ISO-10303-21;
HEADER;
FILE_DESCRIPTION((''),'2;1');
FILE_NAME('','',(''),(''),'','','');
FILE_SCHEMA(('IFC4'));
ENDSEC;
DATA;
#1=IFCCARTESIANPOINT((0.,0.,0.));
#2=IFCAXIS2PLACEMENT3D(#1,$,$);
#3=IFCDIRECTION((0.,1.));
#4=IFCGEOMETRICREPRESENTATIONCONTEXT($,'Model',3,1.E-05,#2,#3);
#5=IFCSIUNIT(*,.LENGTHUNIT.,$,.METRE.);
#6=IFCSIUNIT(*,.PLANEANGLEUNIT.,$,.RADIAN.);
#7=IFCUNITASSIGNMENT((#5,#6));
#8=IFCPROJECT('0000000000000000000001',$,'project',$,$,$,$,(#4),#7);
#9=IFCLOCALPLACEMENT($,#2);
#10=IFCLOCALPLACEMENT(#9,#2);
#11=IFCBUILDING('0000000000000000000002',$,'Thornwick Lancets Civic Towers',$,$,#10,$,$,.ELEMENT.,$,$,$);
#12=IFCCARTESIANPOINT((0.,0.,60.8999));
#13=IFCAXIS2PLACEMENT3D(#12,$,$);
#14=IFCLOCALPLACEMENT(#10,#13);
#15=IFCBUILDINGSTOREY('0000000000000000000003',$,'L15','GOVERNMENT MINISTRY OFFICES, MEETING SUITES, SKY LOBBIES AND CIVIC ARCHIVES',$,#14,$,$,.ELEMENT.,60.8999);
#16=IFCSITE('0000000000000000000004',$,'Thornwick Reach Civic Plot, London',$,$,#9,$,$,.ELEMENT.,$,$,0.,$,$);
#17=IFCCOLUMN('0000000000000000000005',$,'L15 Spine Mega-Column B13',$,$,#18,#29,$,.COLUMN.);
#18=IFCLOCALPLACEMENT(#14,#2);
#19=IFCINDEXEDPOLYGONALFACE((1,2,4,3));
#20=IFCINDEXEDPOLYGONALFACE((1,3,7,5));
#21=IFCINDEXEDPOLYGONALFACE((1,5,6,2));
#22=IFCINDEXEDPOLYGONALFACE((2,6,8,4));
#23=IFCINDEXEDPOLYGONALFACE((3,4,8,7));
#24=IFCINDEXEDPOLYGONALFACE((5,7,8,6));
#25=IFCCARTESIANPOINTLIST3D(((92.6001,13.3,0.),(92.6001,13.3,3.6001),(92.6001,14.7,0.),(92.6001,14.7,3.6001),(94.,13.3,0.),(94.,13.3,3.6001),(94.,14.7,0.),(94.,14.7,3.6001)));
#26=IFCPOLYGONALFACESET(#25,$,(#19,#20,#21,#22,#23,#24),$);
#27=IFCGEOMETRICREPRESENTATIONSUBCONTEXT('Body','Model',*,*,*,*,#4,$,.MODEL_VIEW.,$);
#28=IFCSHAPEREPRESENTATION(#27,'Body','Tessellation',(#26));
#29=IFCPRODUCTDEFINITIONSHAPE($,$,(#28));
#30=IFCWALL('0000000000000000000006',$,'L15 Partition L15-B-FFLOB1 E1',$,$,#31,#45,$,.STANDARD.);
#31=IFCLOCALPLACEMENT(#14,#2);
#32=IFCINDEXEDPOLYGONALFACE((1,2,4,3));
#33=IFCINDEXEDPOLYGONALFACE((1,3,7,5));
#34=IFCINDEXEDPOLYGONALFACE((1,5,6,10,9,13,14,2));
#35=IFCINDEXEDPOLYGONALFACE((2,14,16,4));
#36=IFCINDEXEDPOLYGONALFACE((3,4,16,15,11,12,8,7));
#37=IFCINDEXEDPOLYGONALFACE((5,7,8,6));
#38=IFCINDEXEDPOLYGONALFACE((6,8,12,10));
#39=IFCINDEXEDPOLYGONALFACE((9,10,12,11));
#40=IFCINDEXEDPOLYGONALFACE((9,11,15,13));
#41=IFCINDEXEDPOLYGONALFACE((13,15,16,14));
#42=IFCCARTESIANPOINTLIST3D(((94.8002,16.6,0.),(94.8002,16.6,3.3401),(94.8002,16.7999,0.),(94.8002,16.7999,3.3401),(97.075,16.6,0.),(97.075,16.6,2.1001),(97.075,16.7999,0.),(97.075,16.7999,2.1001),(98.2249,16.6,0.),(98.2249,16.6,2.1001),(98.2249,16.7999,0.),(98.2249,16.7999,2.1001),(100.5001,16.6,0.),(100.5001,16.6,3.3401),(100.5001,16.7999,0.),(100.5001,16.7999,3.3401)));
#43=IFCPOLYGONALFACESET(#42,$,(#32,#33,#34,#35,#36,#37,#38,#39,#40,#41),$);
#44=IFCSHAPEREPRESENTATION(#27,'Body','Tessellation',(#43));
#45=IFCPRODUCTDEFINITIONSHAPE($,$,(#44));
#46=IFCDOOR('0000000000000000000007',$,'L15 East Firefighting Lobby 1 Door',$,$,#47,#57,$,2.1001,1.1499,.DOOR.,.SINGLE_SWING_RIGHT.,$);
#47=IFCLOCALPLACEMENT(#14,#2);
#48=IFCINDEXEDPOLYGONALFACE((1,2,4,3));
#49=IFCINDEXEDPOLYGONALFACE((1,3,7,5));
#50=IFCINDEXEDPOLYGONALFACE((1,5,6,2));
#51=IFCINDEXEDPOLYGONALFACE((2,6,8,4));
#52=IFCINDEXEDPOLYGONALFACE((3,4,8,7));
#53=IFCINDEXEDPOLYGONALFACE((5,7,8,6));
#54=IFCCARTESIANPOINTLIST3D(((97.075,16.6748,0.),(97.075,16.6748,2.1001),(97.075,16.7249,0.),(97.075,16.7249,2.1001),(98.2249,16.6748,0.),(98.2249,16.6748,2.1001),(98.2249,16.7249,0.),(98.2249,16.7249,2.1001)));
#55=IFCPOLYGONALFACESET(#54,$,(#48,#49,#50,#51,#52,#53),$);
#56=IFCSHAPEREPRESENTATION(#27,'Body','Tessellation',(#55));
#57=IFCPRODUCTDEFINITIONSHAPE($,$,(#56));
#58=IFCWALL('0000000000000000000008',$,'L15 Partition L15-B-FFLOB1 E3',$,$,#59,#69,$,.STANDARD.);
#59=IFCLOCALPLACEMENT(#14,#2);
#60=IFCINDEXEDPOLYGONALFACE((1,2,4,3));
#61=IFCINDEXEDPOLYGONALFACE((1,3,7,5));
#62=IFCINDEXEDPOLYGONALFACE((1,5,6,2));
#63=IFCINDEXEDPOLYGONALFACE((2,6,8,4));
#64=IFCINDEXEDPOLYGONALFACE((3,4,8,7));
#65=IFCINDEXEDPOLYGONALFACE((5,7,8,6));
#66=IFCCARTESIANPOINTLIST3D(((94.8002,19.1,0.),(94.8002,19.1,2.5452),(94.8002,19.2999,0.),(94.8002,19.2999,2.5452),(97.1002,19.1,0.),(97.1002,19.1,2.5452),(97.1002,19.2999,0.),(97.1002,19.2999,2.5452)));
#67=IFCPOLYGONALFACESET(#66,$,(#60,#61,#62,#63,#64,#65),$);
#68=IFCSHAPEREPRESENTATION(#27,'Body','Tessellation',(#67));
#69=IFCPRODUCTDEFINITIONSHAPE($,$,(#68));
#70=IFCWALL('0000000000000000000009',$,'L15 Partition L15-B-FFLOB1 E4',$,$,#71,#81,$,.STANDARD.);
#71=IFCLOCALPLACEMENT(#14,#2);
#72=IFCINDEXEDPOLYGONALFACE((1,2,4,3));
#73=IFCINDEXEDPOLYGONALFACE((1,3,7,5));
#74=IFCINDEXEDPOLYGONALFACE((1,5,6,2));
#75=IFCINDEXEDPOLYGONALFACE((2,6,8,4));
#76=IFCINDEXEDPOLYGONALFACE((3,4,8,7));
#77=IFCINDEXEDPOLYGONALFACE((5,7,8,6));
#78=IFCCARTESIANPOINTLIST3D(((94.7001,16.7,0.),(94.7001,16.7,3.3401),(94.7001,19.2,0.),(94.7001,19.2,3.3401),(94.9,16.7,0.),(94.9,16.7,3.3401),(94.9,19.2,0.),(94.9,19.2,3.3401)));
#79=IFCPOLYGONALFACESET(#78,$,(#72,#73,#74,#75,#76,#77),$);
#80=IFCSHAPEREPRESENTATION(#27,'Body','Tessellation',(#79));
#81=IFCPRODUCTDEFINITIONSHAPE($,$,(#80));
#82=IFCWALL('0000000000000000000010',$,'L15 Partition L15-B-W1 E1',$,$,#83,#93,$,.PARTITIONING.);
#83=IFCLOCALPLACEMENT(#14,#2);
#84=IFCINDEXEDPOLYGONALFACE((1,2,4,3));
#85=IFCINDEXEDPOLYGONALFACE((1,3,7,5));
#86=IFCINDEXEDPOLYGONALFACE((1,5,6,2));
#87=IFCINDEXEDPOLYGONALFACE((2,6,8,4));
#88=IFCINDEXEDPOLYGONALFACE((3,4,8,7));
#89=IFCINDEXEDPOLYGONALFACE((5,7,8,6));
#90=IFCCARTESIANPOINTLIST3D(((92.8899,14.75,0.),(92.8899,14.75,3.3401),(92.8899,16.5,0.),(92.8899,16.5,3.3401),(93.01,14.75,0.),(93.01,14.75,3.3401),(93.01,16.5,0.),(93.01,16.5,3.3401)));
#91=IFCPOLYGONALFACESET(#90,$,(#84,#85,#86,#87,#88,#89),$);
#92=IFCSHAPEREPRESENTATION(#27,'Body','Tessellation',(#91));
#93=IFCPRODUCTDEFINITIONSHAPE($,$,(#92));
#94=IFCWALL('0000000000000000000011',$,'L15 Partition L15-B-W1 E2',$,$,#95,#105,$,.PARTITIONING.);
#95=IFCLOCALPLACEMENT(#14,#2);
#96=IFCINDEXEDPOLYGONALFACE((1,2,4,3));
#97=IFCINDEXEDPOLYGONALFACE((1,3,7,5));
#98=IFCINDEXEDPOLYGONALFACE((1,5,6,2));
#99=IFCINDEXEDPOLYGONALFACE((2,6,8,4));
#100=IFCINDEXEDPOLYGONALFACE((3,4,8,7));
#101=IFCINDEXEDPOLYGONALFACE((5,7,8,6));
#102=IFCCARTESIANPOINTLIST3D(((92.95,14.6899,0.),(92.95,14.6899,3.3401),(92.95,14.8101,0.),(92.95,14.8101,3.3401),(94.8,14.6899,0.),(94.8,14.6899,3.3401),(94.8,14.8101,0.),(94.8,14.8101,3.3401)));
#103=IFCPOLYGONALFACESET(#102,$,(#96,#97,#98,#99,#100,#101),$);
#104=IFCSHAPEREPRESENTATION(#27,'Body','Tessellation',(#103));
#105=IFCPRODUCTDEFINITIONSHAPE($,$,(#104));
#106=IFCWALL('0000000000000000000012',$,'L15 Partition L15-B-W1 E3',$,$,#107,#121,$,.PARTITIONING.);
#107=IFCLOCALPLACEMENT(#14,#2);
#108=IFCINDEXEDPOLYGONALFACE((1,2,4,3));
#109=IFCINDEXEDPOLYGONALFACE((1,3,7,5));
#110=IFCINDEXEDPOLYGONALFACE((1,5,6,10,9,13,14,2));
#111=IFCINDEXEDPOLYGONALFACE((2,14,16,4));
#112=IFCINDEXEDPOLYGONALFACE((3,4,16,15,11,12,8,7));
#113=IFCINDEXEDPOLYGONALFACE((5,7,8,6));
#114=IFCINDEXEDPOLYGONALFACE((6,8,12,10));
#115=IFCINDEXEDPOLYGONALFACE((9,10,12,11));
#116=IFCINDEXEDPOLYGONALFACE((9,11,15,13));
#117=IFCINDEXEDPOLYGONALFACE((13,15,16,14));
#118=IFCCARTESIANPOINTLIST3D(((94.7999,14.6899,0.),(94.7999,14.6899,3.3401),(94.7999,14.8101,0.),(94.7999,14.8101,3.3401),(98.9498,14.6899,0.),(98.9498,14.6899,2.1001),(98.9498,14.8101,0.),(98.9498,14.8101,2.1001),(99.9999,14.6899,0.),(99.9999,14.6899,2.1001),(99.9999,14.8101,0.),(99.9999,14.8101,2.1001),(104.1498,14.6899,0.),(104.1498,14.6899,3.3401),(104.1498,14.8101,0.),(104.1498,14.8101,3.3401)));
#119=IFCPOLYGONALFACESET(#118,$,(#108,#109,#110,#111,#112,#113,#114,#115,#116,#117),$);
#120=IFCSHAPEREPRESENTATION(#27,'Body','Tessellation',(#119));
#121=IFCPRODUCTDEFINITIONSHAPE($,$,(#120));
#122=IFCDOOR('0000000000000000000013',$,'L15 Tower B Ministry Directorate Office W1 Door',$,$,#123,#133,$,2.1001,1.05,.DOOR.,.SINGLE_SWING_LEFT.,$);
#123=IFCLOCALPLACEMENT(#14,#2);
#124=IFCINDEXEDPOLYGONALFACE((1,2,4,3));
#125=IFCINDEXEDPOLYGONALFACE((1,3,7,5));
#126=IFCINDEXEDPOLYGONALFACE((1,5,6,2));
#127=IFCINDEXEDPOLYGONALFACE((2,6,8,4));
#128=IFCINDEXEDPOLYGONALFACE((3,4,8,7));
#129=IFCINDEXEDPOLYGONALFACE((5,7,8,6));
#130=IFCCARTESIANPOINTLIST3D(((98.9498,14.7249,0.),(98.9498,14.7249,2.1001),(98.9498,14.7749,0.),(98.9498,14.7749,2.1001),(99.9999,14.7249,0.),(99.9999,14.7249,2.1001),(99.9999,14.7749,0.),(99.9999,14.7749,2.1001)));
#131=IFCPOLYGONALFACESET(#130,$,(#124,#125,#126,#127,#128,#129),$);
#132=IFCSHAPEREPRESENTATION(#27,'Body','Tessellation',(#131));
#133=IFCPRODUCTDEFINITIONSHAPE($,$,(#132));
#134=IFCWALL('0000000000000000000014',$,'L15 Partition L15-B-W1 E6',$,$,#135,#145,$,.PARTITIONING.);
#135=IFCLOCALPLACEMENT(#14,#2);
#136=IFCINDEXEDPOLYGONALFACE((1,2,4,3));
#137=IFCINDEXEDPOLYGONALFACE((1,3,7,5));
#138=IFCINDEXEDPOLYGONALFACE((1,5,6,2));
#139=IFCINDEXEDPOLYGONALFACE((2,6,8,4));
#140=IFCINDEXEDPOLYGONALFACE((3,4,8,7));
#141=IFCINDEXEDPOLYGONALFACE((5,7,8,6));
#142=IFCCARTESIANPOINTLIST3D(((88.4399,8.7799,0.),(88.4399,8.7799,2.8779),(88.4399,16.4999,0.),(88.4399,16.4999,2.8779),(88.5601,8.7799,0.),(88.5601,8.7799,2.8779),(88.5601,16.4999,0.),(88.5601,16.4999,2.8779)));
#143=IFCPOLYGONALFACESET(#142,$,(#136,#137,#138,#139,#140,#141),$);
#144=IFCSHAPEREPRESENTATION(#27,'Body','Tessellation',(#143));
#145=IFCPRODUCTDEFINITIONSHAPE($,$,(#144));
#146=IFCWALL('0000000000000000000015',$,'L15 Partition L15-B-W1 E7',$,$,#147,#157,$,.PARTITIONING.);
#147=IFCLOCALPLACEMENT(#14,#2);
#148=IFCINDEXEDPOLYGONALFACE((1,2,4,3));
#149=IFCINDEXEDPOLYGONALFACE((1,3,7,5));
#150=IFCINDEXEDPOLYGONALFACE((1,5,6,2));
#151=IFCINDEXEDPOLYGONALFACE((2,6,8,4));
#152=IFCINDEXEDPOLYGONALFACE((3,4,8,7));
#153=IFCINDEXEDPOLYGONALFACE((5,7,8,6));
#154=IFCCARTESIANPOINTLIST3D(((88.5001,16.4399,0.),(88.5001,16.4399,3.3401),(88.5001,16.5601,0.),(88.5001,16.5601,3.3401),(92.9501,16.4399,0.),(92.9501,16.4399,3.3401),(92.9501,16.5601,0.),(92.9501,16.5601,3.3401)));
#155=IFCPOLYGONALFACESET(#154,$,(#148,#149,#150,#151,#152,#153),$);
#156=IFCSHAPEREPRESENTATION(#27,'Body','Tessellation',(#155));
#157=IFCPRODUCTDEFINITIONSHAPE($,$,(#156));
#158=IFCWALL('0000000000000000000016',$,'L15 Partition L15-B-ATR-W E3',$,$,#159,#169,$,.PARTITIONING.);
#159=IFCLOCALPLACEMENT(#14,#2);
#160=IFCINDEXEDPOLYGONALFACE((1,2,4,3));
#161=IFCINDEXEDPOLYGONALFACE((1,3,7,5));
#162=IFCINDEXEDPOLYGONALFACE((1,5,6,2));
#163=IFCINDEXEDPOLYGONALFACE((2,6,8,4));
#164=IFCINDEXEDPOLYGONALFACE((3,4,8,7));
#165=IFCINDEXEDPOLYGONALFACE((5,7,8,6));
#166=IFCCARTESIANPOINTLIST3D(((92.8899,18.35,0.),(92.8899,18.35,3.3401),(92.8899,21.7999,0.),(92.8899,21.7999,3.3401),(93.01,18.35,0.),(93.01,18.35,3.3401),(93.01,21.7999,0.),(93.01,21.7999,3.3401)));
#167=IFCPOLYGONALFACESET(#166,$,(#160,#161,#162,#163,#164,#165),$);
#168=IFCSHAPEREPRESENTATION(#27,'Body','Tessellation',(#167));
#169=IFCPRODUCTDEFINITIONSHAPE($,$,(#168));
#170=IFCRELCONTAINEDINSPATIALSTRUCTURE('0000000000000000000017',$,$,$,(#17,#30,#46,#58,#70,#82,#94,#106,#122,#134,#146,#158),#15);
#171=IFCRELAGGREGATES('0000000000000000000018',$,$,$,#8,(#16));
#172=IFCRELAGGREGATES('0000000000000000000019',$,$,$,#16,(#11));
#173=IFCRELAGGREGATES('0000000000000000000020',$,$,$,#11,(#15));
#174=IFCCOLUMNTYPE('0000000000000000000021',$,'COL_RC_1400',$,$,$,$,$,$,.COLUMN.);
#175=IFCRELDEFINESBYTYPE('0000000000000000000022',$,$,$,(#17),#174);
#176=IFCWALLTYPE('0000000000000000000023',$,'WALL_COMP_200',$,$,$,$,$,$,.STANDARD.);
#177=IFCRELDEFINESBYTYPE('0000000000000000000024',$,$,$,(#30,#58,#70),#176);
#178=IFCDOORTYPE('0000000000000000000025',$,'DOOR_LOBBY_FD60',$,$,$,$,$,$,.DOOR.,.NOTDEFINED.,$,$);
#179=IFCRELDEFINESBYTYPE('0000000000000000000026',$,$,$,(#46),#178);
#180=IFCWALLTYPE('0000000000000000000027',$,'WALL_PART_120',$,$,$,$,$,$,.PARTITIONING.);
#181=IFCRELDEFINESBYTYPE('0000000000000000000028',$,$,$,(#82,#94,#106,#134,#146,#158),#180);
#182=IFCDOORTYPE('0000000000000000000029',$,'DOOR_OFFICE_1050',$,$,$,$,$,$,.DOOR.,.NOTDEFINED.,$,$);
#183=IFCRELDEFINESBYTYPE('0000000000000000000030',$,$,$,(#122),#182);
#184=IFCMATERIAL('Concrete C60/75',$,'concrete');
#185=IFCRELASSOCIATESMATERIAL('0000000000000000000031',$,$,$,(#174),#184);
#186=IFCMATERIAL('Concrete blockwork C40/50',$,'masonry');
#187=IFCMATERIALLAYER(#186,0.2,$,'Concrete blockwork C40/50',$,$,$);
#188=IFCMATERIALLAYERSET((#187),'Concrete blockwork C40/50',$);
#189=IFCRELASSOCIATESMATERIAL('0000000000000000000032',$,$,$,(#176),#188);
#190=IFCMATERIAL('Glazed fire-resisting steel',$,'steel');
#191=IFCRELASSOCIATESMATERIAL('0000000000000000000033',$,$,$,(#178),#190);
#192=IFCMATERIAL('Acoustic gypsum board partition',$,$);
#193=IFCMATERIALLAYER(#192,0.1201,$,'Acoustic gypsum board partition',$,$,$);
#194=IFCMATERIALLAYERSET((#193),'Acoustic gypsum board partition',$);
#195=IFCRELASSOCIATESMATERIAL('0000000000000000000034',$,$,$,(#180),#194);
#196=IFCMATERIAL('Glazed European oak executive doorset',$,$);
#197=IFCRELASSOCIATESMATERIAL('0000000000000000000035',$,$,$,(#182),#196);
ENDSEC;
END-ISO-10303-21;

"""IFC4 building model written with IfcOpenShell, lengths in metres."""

from ifc_helpers import new_model, si_unit, direction, frame, frame_2d, origin, origin_2d, place, context, subcontext, project, spatial, rectangle, extrude, material, layer, layer_set, material_profile, profile_set, type_object, element, fill, save


model = new_model("IFC4")

# Units and contexts
model_context = context("Model", 3, precision=1e-05, world=origin(), true_north=direction((0.0, 1.0)))
body_context = subcontext(model_context, "Body", "Model", "MODEL_VIEW")
ifc_project = project(units=[si_unit("LENGTHUNIT", "METRE"), si_unit("PLANEANGLEUNIT", "RADIAN")], contexts=[model_context])

# Site, building, storey
site_placement = place(None, origin())
site = spatial("IfcSite", under=ifc_project, at=site_placement, Name="Thornwick Reach Civic Plot, London", CompositionType="ELEMENT", RefElevation=0.0)
building_placement = place(site_placement, origin())
building = spatial("IfcBuilding", under=site, at=building_placement, Name="Thornwick Lancets Civic Towers", CompositionType="ELEMENT")
storey_placement = place(building_placement, frame((0.0, 0.0, 60.8999)))
storey = spatial("IfcBuildingStorey", under=building, at=storey_placement, Name="L15", Description="GOVERNMENT MINISTRY OFFICES, MEETING SUITES, SKY LOBBIES AND CIVIC ARCHIVES", CompositionType="ELEMENT", Elevation=60.8999)

# Column
ifc_material_1 = material(Name="Concrete C60/75", Category="concrete")
ifc_material_profile = material_profile(ifc_material_1, rectangle(XDim=1.3999, YDim=1.3999, at=origin_2d()), Name="RC 1400x1400")
ifc_profile_set = profile_set([ifc_material_profile], Name="Concrete C60/75")
column_type = type_object("IfcColumnType", Name="COL_RC_1400", PredefinedType="COLUMN", material=ifc_profile_set)
column_placement = place(storey_placement, frame((93.3, 14.0, 0.0), z_axis=(0.0, 0.0, 1.0), x_axis=(1.0, 0.0, 0.0)))
element("IfcColumn", 1, at=column_placement, inside=storey, type_object=column_type, Name="L15 Spine Mega-Column B13", PredefinedType="COLUMN", context=body_context, shape_type="SweptSolid", body=[
    extrude(rectangle(XDim=1.3999, YDim=1.3999, at=origin_2d()), origin(), (0.0, 0.0, 1.0), 3.6001),
])

# Wall, opening, door
ifc_material_2 = material(Name="Concrete blockwork C40/50", Category="masonry")
ifc_layer_1 = layer(ifc_material_2, 0.2, Name="Concrete blockwork C40/50")
ifc_layer_set_1 = layer_set([ifc_layer_1], Name="Concrete blockwork C40/50")
wall_type_1 = type_object("IfcWallType", Name="WALL_COMP_200", PredefinedType="STANDARD", material=ifc_layer_set_1)
wall_1_placement = place(storey_placement, frame((94.8, 16.7, 0.0), z_axis=(0.0, 0.0, 1.0), x_axis=(1.0, 0.0, 0.0)))
wall_1 = element("IfcWall", 2, at=wall_1_placement, inside=storey, type_object=wall_type_1, Name="L15 Partition L15-B-FFLOB1 E1", PredefinedType="STANDARD", context=body_context, shape_type="SweptSolid", body=[
    extrude(rectangle(XDim=5.7, YDim=0.2, at=frame_2d((2.8501, 0.0))), origin(), (0.0, 0.0, 1.0), 3.3401),
])
opening_1_placement = place(wall_1_placement, frame((2.2749, 0.0, 0.0)))
opening_1 = element("IfcOpeningElement", 3, at=opening_1_placement, cuts=wall_1, PredefinedType="OPENING", context=body_context, shape_type="SweptSolid", body=[
    extrude(rectangle(XDim=1.1499, YDim=2.1001, at=frame_2d((0.575, 1.05))), frame((0.0, 0.1099, 0.0), z_axis=(0.0, -1.0, 0.0), x_axis=(1.0, 0.0, 0.0)), (0.0, 0.0, 1.0), 0.22),
])
ifc_material_3 = material(Name="Glazed fire-resisting steel", Category="steel")
door_type_1 = type_object("IfcDoorType", Name="DOOR_LOBBY_FD60", OperationType="NOTDEFINED", PredefinedType="DOOR", material=ifc_material_3)
door_1_placement = place(opening_1_placement, origin())
door_1 = element("IfcDoor", 4, at=door_1_placement, inside=storey, type_object=door_type_1, Name="L15 East Firefighting Lobby 1 Door", OperationType="SINGLE_SWING_RIGHT", OverallHeight=2.1001, OverallWidth=1.1499, PredefinedType="DOOR", context=body_context, shape_type="SweptSolid", body=[
    extrude(rectangle(XDim=1.1499, YDim=2.1001, at=frame_2d((0.575, 1.05))), frame((0.0, 0.0249, 0.0), z_axis=(0.0, -1.0, 0.0), x_axis=(1.0, 0.0, 0.0)), (0.0, 0.0, 1.0), 0.05),
])
fill(opening_1, door_1)

# Walls
wall_2_placement = place(storey_placement, frame((97.1001, 19.2, 0.0), z_axis=(0.0, 0.0, 1.0), x_axis=(-1.0, 0.0, 0.0)))
element("IfcWall", 5, at=wall_2_placement, inside=storey, type_object=wall_type_1, Name="L15 Partition L15-B-FFLOB1 E3", PredefinedType="STANDARD", context=body_context, shape_type="SweptSolid", body=[
    extrude(rectangle(XDim=2.3, YDim=0.2, at=frame_2d((1.1499, 0.0))), origin(), (0.0, 0.0, 1.0), 2.5452),
])
wall_3_placement = place(storey_placement, frame((94.8, 19.2, 0.0), z_axis=(0.0, 0.0, 1.0), x_axis=(0.0, -1.0, 0.0)))
element("IfcWall", 6, at=wall_3_placement, inside=storey, type_object=wall_type_1, Name="L15 Partition L15-B-FFLOB1 E4", PredefinedType="STANDARD", context=body_context, shape_type="SweptSolid", body=[
    extrude(rectangle(XDim=2.5, YDim=0.2, at=frame_2d((1.25, 0.0))), origin(), (0.0, 0.0, 1.0), 3.3401),
])
ifc_material_4 = material(Name="Acoustic gypsum board partition")
ifc_layer_2 = layer(ifc_material_4, 0.1201, Name="Acoustic gypsum board partition")
ifc_layer_set_2 = layer_set([ifc_layer_2], Name="Acoustic gypsum board partition")
wall_type_2 = type_object("IfcWallType", Name="WALL_PART_120", PredefinedType="PARTITIONING", material=ifc_layer_set_2)
wall_4_placement = place(storey_placement, frame((92.95, 16.5, 0.0), z_axis=(0.0, 0.0, 1.0), x_axis=(0.0, -1.0, 0.0)))
element("IfcWall", 7, at=wall_4_placement, inside=storey, type_object=wall_type_2, Name="L15 Partition L15-B-W1 E1", PredefinedType="PARTITIONING", context=body_context, shape_type="SweptSolid", body=[
    extrude(rectangle(XDim=1.75, YDim=0.1201, at=frame_2d((0.875, 0.0))), origin(), (0.0, 0.0, 1.0), 3.3401),
])
wall_5_placement = place(storey_placement, frame((92.95, 14.75, 0.0), z_axis=(0.0, 0.0, 1.0), x_axis=(1.0, 0.0, 0.0)))
element("IfcWall", 8, at=wall_5_placement, inside=storey, type_object=wall_type_2, Name="L15 Partition L15-B-W1 E2", PredefinedType="PARTITIONING", context=body_context, shape_type="SweptSolid", body=[
    extrude(rectangle(XDim=1.8501, YDim=0.1201, at=frame_2d((0.925, 0.0))), origin(), (0.0, 0.0, 1.0), 3.3401),
])

# Wall, opening, door
wall_6_placement = place(storey_placement, frame((94.8, 14.75, 0.0), z_axis=(0.0, 0.0, 1.0), x_axis=(1.0, 0.0, 0.0)))
wall_6 = element("IfcWall", 9, at=wall_6_placement, inside=storey, type_object=wall_type_2, Name="L15 Partition L15-B-W1 E3", PredefinedType="PARTITIONING", context=body_context, shape_type="SweptSolid", body=[
    extrude(rectangle(XDim=9.3499, YDim=0.1201, at=frame_2d((4.6748, 0.0))), origin(), (0.0, 0.0, 1.0), 3.3401),
])
opening_2_placement = place(wall_6_placement, frame((4.1499, 0.0, 0.0)))
opening_2 = element("IfcOpeningElement", 10, at=opening_2_placement, cuts=wall_6, PredefinedType="OPENING", context=body_context, shape_type="SweptSolid", body=[
    extrude(rectangle(XDim=1.05, YDim=2.1001, at=frame_2d((0.5249, 1.05))), frame((0.0, 0.0701, 0.0), z_axis=(0.0, -1.0, 0.0), x_axis=(1.0, 0.0, 0.0)), (0.0, 0.0, 1.0), 0.1401),
])
ifc_material_5 = material(Name="Glazed European oak executive doorset")
door_type_2 = type_object("IfcDoorType", Name="DOOR_OFFICE_1050", OperationType="NOTDEFINED", PredefinedType="DOOR", material=ifc_material_5)
door_2_placement = place(opening_2_placement, origin())
door_2 = element("IfcDoor", 11, at=door_2_placement, inside=storey, type_object=door_type_2, Name="L15 Tower B Ministry Directorate Office W1 Door", OperationType="SINGLE_SWING_LEFT", OverallHeight=2.1001, OverallWidth=1.05, PredefinedType="DOOR", context=body_context, shape_type="SweptSolid", body=[
    extrude(rectangle(XDim=1.05, YDim=2.1001, at=frame_2d((0.5249, 1.05))), frame((0.0, 0.0249, 0.0), z_axis=(0.0, -1.0, 0.0), x_axis=(1.0, 0.0, 0.0)), (0.0, 0.0, 1.0), 0.05),
])
fill(opening_2, door_2)

# Walls
wall_7_placement = place(storey_placement, frame((88.5, 8.78, 0.0), z_axis=(0.0, 0.0, 1.0), x_axis=(0.0, 1.0, 0.0)))
element("IfcWall", 12, at=wall_7_placement, inside=storey, type_object=wall_type_2, Name="L15 Partition L15-B-W1 E6", PredefinedType="PARTITIONING", context=body_context, shape_type="SweptSolid", body=[
    extrude(rectangle(XDim=7.72, YDim=0.1201, at=frame_2d((3.8599, 0.0))), origin(), (0.0, 0.0, 1.0), 2.8779),
])
wall_8_placement = place(storey_placement, frame((88.5, 16.5, 0.0), z_axis=(0.0, 0.0, 1.0), x_axis=(1.0, 0.0, 0.0)))
element("IfcWall", 13, at=wall_8_placement, inside=storey, type_object=wall_type_2, Name="L15 Partition L15-B-W1 E7", PredefinedType="PARTITIONING", context=body_context, shape_type="SweptSolid", body=[
    extrude(rectangle(XDim=4.45, YDim=0.1201, at=frame_2d((2.2251, 0.0))), origin(), (0.0, 0.0, 1.0), 3.3401),
])
wall_9_placement = place(storey_placement, frame((92.95, 21.8, 0.0), z_axis=(0.0, 0.0, 1.0), x_axis=(0.0, -1.0, 0.0)))
element("IfcWall", 14, at=wall_9_placement, inside=storey, type_object=wall_type_2, Name="L15 Partition L15-B-ATR-W E3", PredefinedType="PARTITIONING", context=body_context, shape_type="SweptSolid", body=[
    extrude(rectangle(XDim=3.45, YDim=0.1201, at=frame_2d((1.7251, 0.0))), origin(), (0.0, 0.0, 1.0), 3.3401),
])

save(model, "model.ifc")
